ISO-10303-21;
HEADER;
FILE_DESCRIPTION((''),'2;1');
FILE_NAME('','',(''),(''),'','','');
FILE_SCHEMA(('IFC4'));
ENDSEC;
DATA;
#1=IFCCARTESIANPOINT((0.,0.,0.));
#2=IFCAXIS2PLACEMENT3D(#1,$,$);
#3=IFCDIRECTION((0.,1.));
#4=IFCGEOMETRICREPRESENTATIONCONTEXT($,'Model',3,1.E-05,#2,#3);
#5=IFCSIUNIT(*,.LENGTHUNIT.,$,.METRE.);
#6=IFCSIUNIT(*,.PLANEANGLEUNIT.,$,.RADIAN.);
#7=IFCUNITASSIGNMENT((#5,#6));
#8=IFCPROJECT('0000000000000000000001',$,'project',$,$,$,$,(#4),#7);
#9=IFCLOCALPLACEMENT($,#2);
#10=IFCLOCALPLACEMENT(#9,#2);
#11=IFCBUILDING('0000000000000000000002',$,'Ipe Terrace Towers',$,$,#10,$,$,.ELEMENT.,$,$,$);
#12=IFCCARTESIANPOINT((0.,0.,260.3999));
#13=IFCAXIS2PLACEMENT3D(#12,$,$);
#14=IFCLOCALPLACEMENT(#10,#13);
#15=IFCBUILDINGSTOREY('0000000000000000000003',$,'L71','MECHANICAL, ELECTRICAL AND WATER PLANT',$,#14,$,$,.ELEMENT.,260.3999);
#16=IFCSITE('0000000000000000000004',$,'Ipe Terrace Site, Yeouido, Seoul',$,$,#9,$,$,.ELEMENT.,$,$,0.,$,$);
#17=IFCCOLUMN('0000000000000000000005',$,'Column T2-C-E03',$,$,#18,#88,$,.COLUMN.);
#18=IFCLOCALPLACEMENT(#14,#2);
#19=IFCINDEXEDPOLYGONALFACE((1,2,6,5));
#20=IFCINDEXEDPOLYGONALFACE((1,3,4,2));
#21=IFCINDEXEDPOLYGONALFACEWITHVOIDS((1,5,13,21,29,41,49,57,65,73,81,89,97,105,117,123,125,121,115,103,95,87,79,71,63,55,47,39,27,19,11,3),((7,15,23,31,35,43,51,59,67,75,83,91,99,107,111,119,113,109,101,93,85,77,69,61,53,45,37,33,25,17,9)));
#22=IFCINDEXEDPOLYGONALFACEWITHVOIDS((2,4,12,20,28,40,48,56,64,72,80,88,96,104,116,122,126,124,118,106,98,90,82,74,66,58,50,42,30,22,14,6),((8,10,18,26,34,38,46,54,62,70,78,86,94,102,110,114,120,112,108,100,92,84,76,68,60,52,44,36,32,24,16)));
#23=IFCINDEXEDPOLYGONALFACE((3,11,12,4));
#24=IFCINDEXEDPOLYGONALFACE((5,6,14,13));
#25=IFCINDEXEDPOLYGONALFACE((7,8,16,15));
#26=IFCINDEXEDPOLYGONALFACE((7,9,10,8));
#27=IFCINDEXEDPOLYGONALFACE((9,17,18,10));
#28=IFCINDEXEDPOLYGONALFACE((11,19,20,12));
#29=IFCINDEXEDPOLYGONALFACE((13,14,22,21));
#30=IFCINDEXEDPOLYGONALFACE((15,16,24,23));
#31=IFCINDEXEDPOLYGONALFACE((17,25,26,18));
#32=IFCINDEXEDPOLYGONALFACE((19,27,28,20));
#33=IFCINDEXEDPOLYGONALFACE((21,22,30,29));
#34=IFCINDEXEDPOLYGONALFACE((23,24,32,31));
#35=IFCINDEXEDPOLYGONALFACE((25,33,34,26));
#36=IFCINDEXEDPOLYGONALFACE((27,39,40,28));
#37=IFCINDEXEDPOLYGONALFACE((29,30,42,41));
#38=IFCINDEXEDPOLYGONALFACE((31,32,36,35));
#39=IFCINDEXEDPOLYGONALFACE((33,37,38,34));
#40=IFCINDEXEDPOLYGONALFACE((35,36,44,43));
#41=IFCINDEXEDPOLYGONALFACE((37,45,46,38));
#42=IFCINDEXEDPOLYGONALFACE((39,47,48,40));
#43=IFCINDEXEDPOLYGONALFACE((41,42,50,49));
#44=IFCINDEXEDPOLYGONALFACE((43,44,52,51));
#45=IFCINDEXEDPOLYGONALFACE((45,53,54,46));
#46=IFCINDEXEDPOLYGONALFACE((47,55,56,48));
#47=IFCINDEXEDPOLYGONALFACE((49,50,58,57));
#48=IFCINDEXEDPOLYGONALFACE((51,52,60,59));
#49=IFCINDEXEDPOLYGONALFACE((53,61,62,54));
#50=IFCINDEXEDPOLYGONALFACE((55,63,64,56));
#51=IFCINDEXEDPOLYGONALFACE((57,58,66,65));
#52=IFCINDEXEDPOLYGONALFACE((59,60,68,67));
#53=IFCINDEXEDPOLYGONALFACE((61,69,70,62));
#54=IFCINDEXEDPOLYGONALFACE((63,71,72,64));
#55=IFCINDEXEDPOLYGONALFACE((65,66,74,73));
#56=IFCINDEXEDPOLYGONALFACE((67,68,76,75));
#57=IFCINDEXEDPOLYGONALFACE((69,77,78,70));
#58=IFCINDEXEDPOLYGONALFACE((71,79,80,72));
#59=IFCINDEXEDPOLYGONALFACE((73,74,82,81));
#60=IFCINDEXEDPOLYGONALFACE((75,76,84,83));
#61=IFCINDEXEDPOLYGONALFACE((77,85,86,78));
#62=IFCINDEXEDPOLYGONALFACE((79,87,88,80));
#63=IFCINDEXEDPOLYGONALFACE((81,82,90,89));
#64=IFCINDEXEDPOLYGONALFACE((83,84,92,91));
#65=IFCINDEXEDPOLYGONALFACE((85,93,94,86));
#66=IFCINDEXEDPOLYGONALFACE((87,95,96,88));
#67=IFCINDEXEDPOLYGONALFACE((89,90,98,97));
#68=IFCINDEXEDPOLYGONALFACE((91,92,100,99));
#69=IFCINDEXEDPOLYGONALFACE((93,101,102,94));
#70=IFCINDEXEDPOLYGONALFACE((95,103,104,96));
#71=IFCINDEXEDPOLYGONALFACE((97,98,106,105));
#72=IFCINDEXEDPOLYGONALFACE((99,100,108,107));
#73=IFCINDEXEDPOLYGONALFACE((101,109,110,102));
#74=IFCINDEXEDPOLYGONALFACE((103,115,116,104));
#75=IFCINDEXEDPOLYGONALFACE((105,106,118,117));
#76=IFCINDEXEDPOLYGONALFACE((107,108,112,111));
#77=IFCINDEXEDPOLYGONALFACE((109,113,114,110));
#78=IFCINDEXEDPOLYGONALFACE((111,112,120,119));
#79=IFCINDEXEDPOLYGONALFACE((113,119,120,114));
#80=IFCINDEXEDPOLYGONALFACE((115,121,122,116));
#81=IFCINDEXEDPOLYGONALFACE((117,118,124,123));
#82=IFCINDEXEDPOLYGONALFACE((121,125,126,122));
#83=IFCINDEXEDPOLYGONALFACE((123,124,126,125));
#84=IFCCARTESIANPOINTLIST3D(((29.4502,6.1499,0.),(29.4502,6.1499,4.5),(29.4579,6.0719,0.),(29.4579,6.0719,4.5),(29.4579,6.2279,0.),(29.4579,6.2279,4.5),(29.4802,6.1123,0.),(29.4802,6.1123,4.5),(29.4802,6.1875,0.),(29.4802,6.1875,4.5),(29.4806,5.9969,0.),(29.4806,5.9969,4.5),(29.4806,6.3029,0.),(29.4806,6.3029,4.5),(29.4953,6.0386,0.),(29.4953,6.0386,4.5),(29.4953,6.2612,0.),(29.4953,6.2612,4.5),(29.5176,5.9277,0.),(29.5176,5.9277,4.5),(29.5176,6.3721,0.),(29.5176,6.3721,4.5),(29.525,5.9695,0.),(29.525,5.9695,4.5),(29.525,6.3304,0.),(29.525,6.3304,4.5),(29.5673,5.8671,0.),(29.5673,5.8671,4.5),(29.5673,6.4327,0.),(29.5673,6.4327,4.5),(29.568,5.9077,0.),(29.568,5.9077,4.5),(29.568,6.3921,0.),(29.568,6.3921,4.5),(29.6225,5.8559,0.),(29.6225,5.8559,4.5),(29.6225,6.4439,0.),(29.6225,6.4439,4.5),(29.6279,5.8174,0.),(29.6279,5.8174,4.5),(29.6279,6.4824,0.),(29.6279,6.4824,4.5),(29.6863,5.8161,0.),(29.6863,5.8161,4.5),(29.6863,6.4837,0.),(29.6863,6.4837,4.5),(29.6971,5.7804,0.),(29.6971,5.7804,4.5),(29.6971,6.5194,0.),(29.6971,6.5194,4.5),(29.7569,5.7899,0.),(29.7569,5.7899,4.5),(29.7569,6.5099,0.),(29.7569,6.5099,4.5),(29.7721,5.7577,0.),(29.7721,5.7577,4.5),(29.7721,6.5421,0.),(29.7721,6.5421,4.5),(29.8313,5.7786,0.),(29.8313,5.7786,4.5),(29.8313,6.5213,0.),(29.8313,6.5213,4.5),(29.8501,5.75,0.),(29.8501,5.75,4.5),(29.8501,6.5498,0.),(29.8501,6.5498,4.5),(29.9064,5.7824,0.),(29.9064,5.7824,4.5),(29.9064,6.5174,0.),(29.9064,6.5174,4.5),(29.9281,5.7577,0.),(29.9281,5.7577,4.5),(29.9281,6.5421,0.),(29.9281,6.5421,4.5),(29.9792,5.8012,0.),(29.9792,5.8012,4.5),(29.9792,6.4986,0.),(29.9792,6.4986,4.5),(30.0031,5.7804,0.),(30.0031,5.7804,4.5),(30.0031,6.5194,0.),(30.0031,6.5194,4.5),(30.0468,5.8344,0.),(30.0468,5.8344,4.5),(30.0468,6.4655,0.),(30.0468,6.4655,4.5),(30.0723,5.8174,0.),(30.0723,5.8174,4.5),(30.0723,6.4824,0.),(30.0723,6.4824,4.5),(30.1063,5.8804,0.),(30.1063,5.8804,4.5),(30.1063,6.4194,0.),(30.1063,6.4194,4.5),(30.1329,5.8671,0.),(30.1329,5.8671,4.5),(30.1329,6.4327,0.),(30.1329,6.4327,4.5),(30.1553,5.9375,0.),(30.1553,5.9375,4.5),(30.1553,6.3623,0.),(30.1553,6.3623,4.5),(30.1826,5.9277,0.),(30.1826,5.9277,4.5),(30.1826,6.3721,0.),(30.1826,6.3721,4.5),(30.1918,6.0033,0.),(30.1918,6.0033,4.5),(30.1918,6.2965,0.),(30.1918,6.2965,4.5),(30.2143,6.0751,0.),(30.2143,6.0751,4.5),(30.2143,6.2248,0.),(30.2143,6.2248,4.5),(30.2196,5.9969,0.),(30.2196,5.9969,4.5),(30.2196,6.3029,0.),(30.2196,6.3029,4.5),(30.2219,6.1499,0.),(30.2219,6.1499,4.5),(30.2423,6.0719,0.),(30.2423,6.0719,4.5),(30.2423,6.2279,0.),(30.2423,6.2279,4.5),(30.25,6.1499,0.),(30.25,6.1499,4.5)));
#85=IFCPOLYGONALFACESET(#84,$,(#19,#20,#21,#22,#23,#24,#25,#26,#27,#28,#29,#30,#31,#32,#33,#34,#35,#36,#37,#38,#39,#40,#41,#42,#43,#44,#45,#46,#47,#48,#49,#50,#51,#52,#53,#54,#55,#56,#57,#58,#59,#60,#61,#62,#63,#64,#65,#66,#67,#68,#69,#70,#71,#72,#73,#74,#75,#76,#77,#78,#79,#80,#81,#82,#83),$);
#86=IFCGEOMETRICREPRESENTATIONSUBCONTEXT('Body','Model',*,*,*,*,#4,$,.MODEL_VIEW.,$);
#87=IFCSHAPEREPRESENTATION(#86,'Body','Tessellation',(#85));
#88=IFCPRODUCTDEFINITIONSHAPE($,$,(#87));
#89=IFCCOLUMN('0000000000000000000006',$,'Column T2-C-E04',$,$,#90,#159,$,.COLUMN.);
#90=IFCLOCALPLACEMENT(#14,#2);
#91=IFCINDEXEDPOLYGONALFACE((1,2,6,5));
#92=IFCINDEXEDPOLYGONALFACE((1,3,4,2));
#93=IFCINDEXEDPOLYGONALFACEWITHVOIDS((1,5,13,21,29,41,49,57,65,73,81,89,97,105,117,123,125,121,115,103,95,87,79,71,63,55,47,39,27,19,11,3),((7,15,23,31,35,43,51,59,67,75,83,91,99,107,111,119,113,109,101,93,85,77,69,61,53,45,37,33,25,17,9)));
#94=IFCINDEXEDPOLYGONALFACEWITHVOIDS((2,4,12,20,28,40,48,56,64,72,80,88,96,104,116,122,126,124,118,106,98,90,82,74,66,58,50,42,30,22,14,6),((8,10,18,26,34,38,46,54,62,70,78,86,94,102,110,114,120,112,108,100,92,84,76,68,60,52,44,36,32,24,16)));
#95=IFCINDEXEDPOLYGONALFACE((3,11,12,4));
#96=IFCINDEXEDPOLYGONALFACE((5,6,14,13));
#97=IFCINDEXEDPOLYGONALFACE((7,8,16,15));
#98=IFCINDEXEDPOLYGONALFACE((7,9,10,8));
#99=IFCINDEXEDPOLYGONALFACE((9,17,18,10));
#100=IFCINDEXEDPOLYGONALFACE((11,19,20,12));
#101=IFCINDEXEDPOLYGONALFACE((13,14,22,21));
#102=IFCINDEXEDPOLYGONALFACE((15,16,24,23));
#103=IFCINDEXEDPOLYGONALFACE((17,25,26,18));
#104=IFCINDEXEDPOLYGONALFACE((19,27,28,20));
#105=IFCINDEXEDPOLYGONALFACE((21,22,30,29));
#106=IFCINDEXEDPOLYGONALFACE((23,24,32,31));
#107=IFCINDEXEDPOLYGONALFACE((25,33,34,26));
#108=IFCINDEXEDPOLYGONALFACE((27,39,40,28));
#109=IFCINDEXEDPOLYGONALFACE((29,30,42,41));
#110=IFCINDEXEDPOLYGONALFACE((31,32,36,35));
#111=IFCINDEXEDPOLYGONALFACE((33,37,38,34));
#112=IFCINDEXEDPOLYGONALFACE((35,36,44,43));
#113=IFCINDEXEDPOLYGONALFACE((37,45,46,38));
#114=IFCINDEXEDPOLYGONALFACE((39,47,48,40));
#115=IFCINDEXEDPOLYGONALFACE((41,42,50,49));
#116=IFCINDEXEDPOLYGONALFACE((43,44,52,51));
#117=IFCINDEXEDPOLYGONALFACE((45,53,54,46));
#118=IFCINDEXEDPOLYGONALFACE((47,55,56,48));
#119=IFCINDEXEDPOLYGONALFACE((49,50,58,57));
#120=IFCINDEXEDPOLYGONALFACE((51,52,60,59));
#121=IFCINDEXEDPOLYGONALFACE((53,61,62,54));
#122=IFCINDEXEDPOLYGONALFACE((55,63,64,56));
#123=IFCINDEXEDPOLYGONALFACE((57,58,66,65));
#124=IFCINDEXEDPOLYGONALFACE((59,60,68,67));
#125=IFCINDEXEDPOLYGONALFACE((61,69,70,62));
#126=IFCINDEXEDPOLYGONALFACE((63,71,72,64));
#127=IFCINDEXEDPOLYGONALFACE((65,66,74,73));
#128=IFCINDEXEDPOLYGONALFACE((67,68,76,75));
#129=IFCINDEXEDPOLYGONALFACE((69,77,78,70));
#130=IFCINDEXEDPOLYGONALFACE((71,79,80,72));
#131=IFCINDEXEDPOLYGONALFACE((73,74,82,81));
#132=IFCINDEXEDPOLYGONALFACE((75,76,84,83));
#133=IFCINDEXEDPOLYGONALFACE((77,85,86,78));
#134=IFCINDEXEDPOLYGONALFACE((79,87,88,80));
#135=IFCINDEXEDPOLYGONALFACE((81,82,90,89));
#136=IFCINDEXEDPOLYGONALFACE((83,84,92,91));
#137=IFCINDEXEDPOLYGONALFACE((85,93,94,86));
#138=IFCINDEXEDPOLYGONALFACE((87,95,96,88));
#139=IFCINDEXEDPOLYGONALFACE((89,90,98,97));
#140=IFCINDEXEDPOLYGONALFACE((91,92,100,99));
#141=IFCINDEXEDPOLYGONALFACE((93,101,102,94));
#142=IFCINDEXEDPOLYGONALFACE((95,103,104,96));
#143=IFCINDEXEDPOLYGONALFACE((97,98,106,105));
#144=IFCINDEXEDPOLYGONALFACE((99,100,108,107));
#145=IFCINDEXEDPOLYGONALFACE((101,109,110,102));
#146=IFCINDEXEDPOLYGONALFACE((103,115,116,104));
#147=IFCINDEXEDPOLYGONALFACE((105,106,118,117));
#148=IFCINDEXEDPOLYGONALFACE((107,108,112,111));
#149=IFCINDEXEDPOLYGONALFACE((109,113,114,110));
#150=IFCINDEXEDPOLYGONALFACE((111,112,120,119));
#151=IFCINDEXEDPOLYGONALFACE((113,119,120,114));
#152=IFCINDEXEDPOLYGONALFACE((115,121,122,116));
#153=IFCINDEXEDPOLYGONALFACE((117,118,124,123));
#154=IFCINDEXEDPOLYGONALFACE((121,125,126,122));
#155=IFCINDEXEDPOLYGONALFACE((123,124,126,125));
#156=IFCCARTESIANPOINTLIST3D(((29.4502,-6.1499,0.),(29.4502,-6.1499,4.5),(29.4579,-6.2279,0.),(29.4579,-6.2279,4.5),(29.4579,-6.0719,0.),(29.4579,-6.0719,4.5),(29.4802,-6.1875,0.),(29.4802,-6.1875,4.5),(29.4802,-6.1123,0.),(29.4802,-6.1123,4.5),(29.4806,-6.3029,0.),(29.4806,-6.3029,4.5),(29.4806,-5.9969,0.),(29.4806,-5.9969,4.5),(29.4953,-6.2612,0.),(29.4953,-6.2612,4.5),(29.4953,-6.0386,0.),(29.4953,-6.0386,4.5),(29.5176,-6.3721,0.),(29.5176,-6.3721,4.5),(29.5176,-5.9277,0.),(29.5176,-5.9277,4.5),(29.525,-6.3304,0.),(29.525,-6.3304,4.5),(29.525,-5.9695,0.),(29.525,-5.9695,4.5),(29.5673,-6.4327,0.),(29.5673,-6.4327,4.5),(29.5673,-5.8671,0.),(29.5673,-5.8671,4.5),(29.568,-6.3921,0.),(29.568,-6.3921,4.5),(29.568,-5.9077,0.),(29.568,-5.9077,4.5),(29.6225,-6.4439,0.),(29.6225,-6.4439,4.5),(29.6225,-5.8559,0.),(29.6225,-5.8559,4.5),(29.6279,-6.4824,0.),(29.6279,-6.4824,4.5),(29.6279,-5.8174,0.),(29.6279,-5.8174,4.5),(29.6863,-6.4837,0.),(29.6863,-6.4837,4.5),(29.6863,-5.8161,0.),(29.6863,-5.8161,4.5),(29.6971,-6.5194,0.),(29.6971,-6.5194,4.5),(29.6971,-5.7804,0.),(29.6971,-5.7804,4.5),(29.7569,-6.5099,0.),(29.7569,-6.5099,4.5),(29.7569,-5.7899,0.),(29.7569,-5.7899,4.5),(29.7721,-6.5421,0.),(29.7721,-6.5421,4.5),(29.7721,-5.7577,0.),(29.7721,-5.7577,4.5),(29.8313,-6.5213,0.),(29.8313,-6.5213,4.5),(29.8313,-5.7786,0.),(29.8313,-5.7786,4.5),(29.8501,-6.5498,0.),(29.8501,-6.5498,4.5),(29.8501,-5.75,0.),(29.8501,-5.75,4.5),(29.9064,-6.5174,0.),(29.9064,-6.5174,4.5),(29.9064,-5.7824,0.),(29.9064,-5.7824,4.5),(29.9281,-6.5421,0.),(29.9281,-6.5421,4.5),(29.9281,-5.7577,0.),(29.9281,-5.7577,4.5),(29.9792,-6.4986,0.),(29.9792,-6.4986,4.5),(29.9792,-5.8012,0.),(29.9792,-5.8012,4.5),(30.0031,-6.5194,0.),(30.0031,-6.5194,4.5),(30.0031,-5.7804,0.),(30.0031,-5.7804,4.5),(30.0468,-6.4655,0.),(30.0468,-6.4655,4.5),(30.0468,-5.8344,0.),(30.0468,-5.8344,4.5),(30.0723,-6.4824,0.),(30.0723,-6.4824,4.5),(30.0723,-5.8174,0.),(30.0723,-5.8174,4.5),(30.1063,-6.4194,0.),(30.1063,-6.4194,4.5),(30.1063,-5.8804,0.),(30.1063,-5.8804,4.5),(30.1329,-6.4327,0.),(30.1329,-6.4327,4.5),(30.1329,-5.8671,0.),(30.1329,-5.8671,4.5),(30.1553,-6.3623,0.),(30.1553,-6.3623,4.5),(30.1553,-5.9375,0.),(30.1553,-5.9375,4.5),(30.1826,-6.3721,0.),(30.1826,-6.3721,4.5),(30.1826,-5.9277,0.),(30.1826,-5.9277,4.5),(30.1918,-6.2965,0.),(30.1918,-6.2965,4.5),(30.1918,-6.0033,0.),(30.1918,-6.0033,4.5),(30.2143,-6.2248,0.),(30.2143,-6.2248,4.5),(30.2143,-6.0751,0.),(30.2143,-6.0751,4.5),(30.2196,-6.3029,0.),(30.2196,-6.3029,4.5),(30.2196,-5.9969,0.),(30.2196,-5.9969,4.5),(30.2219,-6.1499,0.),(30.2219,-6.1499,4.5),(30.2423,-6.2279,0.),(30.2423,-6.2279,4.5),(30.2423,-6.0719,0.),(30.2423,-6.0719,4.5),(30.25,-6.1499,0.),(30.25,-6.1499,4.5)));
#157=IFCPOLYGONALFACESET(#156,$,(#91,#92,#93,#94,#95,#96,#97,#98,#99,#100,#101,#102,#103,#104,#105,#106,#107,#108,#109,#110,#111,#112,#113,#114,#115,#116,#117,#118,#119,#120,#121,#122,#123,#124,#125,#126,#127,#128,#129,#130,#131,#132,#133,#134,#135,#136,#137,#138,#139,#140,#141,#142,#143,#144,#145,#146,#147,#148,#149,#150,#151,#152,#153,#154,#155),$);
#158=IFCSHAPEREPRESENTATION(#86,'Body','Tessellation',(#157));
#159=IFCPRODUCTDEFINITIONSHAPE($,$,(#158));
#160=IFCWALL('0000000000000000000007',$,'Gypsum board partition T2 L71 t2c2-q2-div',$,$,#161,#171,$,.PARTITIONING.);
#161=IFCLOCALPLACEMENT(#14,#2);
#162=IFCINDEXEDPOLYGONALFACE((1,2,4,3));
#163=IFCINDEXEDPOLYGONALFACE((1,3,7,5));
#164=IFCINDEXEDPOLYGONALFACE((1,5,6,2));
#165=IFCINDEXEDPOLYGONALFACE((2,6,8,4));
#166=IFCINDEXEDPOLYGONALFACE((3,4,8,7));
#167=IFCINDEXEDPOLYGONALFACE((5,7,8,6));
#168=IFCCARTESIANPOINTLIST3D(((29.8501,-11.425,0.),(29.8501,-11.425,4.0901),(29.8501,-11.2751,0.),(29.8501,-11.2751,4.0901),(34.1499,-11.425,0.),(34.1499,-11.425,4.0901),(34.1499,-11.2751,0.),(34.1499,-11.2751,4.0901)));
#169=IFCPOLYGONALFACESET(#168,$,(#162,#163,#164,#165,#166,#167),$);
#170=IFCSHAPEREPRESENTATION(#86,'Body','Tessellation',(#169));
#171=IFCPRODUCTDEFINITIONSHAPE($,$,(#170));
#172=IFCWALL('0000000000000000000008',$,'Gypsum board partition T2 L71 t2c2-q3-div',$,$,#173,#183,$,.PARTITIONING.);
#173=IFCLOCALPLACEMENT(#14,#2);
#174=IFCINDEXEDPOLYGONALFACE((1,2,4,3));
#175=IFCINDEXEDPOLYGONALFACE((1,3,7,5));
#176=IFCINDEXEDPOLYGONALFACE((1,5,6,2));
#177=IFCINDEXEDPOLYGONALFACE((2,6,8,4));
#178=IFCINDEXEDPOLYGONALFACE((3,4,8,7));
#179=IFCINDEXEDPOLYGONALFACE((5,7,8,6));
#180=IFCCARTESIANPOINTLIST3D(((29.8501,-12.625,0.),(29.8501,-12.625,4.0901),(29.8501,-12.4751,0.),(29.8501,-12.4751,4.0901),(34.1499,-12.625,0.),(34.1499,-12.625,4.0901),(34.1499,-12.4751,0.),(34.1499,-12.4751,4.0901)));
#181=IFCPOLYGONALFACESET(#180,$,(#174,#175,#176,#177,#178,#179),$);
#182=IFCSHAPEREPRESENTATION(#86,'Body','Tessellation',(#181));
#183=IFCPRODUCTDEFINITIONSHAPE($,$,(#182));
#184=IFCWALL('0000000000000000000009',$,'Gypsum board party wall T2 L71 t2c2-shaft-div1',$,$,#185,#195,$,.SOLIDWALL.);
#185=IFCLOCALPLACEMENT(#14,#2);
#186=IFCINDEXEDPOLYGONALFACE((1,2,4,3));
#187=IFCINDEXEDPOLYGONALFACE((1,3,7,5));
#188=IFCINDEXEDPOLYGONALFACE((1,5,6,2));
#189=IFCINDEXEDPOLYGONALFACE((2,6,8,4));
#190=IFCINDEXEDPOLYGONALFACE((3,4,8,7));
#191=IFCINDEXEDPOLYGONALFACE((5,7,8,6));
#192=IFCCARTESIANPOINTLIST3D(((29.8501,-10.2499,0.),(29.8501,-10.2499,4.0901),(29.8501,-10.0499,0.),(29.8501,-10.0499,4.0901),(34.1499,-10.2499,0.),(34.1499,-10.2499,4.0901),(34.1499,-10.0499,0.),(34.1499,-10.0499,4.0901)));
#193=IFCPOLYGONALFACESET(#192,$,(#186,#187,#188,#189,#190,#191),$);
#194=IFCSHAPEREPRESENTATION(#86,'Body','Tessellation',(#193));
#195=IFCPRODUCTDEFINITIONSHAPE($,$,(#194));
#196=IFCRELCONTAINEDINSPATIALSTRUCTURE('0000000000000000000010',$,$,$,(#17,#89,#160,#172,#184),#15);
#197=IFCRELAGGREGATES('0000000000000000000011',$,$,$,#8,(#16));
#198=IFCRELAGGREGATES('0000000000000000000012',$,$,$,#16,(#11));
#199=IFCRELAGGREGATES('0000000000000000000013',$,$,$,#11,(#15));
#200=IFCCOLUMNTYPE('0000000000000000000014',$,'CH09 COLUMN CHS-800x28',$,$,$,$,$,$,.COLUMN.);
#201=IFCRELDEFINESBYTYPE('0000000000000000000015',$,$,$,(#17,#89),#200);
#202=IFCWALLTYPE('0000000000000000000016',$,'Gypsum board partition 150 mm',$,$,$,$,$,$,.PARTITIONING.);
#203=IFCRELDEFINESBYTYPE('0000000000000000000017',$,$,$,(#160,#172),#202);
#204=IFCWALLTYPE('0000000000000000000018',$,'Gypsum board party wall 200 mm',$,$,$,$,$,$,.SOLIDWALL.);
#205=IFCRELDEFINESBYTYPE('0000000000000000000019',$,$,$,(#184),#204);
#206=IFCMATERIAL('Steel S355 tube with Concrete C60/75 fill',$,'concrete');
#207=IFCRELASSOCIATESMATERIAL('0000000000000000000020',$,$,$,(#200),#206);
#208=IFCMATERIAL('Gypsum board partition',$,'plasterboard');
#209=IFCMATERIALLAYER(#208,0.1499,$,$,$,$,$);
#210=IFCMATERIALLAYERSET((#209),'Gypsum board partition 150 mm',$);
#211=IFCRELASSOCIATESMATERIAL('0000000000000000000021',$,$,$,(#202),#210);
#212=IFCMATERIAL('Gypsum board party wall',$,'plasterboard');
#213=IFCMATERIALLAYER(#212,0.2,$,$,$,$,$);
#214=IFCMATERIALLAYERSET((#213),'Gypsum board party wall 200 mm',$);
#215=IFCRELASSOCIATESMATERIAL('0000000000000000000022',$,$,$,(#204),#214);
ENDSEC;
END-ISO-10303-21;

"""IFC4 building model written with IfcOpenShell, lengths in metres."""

from ifc_helpers import new_model, si_unit, direction, frame, frame_2d, origin, origin_2d, place, context, subcontext, project, spatial, rectangle, hollow_circle, extrude, material, layer, layer_set, material_profile, profile_set, type_object, element, save


model = new_model("IFC4")

# Units and contexts
model_context = context("Model", 3, precision=1e-05, world=origin(), true_north=direction((0.0, 1.0)))
body_context = subcontext(model_context, "Body", "Model", "MODEL_VIEW")
ifc_project = project(units=[si_unit("LENGTHUNIT", "METRE"), si_unit("PLANEANGLEUNIT", "RADIAN")], contexts=[model_context])

# Site, building, storey
site_placement = place(None, origin())
site = spatial("IfcSite", under=ifc_project, at=site_placement, Name="Ipe Terrace Site, Yeouido, Seoul", CompositionType="ELEMENT", RefElevation=0.0)
building_placement = place(site_placement, origin())
building = spatial("IfcBuilding", under=site, at=building_placement, Name="Ipe Terrace Towers", CompositionType="ELEMENT")
storey_placement = place(building_placement, frame((0.0, 0.0, 260.3999)))
storey = spatial("IfcBuildingStorey", under=building, at=storey_placement, Name="L71", Description="MECHANICAL, ELECTRICAL AND WATER PLANT", CompositionType="ELEMENT", Elevation=260.3999)

# Columns
ifc_material_1 = material(Name="Steel S355 tube with Concrete C60/75 fill", Category="concrete")
ifc_material_profile = material_profile(ifc_material_1, hollow_circle(Radius=0.3999, WallThickness=0.0281, at=origin_2d()), Name="CHS-800x28")
ifc_profile_set = profile_set([ifc_material_profile], Name="Steel S355 tube with Concrete C60/75 fill")
column_type = type_object("IfcColumnType", Name="CH09 COLUMN CHS-800x28", PredefinedType="COLUMN", material=ifc_profile_set)
for number, where, z_axis, x_axis, name in (
    (1, (29.8501, 6.1499, 0.0), (0.0, 0.0, 1.0), (1.0, 0.0, 0.0), "Column T2-C-E03"),
    (2, (29.8501, -6.1499, 0.0), (0.0, 0.0, 1.0), (1.0, 0.0, 0.0), "Column T2-C-E04"),
):
    element("IfcColumn", number, at=place(storey_placement, frame(where, z_axis=z_axis, x_axis=x_axis)), inside=storey, type_object=column_type, Name=name, PredefinedType="COLUMN", context=body_context, shape_type="SweptSolid", body=[
        extrude(hollow_circle(Radius=0.3999, WallThickness=0.0281, at=origin_2d()), origin(), (0.0, 0.0, 1.0), 4.5),
    ])

# Walls
ifc_material_2 = material(Name="Gypsum board partition", Category="plasterboard")
ifc_layer_1 = layer(ifc_material_2, 0.1499)
ifc_layer_set_1 = layer_set([ifc_layer_1], Name="Gypsum board partition 150 mm")
wall_type_1 = type_object("IfcWallType", Name="Gypsum board partition 150 mm", PredefinedType="PARTITIONING", material=ifc_layer_set_1)
for number, where, z_axis, x_axis, name in (
    (3, (29.8501, -11.3501, 0.0), (0.0, 0.0, 1.0), (1.0, 0.0, 0.0), "Gypsum board partition T2 L71 t2c2-q2-div"),
    (4, (29.8501, -12.55, 0.0), (0.0, 0.0, 1.0), (1.0, 0.0, 0.0), "Gypsum board partition T2 L71 t2c2-q3-div"),
):
    element("IfcWall", number, at=place(storey_placement, frame(where, z_axis=z_axis, x_axis=x_axis)), inside=storey, type_object=wall_type_1, Name=name, PredefinedType="PARTITIONING", context=body_context, shape_type="SweptSolid", body=[
        extrude(rectangle(XDim=4.2998, YDim=0.1499, at=frame_2d((2.1499, 0.0))), origin(), (0.0, 0.0, 1.0), 4.0901),
    ])
ifc_material_3 = material(Name="Gypsum board party wall", Category="plasterboard")
ifc_layer_2 = layer(ifc_material_3, 0.2)
ifc_layer_set_2 = layer_set([ifc_layer_2], Name="Gypsum board party wall 200 mm")
wall_type_2 = type_object("IfcWallType", Name="Gypsum board party wall 200 mm", PredefinedType="SOLIDWALL", material=ifc_layer_set_2)
wall_1_placement = place(storey_placement, frame((29.8501, -10.1499, 0.0), z_axis=(0.0, 0.0, 1.0), x_axis=(1.0, 0.0, 0.0)))
element("IfcWall", 5, at=wall_1_placement, inside=storey, type_object=wall_type_2, Name="Gypsum board party wall T2 L71 t2c2-shaft-div1", PredefinedType="SOLIDWALL", context=body_context, shape_type="SweptSolid", body=[
    extrude(rectangle(XDim=4.2998, YDim=0.2, at=frame_2d((2.1499, 0.0))), origin(), (0.0, 0.0, 1.0), 4.0901),
])

save(model, "model.ifc")
